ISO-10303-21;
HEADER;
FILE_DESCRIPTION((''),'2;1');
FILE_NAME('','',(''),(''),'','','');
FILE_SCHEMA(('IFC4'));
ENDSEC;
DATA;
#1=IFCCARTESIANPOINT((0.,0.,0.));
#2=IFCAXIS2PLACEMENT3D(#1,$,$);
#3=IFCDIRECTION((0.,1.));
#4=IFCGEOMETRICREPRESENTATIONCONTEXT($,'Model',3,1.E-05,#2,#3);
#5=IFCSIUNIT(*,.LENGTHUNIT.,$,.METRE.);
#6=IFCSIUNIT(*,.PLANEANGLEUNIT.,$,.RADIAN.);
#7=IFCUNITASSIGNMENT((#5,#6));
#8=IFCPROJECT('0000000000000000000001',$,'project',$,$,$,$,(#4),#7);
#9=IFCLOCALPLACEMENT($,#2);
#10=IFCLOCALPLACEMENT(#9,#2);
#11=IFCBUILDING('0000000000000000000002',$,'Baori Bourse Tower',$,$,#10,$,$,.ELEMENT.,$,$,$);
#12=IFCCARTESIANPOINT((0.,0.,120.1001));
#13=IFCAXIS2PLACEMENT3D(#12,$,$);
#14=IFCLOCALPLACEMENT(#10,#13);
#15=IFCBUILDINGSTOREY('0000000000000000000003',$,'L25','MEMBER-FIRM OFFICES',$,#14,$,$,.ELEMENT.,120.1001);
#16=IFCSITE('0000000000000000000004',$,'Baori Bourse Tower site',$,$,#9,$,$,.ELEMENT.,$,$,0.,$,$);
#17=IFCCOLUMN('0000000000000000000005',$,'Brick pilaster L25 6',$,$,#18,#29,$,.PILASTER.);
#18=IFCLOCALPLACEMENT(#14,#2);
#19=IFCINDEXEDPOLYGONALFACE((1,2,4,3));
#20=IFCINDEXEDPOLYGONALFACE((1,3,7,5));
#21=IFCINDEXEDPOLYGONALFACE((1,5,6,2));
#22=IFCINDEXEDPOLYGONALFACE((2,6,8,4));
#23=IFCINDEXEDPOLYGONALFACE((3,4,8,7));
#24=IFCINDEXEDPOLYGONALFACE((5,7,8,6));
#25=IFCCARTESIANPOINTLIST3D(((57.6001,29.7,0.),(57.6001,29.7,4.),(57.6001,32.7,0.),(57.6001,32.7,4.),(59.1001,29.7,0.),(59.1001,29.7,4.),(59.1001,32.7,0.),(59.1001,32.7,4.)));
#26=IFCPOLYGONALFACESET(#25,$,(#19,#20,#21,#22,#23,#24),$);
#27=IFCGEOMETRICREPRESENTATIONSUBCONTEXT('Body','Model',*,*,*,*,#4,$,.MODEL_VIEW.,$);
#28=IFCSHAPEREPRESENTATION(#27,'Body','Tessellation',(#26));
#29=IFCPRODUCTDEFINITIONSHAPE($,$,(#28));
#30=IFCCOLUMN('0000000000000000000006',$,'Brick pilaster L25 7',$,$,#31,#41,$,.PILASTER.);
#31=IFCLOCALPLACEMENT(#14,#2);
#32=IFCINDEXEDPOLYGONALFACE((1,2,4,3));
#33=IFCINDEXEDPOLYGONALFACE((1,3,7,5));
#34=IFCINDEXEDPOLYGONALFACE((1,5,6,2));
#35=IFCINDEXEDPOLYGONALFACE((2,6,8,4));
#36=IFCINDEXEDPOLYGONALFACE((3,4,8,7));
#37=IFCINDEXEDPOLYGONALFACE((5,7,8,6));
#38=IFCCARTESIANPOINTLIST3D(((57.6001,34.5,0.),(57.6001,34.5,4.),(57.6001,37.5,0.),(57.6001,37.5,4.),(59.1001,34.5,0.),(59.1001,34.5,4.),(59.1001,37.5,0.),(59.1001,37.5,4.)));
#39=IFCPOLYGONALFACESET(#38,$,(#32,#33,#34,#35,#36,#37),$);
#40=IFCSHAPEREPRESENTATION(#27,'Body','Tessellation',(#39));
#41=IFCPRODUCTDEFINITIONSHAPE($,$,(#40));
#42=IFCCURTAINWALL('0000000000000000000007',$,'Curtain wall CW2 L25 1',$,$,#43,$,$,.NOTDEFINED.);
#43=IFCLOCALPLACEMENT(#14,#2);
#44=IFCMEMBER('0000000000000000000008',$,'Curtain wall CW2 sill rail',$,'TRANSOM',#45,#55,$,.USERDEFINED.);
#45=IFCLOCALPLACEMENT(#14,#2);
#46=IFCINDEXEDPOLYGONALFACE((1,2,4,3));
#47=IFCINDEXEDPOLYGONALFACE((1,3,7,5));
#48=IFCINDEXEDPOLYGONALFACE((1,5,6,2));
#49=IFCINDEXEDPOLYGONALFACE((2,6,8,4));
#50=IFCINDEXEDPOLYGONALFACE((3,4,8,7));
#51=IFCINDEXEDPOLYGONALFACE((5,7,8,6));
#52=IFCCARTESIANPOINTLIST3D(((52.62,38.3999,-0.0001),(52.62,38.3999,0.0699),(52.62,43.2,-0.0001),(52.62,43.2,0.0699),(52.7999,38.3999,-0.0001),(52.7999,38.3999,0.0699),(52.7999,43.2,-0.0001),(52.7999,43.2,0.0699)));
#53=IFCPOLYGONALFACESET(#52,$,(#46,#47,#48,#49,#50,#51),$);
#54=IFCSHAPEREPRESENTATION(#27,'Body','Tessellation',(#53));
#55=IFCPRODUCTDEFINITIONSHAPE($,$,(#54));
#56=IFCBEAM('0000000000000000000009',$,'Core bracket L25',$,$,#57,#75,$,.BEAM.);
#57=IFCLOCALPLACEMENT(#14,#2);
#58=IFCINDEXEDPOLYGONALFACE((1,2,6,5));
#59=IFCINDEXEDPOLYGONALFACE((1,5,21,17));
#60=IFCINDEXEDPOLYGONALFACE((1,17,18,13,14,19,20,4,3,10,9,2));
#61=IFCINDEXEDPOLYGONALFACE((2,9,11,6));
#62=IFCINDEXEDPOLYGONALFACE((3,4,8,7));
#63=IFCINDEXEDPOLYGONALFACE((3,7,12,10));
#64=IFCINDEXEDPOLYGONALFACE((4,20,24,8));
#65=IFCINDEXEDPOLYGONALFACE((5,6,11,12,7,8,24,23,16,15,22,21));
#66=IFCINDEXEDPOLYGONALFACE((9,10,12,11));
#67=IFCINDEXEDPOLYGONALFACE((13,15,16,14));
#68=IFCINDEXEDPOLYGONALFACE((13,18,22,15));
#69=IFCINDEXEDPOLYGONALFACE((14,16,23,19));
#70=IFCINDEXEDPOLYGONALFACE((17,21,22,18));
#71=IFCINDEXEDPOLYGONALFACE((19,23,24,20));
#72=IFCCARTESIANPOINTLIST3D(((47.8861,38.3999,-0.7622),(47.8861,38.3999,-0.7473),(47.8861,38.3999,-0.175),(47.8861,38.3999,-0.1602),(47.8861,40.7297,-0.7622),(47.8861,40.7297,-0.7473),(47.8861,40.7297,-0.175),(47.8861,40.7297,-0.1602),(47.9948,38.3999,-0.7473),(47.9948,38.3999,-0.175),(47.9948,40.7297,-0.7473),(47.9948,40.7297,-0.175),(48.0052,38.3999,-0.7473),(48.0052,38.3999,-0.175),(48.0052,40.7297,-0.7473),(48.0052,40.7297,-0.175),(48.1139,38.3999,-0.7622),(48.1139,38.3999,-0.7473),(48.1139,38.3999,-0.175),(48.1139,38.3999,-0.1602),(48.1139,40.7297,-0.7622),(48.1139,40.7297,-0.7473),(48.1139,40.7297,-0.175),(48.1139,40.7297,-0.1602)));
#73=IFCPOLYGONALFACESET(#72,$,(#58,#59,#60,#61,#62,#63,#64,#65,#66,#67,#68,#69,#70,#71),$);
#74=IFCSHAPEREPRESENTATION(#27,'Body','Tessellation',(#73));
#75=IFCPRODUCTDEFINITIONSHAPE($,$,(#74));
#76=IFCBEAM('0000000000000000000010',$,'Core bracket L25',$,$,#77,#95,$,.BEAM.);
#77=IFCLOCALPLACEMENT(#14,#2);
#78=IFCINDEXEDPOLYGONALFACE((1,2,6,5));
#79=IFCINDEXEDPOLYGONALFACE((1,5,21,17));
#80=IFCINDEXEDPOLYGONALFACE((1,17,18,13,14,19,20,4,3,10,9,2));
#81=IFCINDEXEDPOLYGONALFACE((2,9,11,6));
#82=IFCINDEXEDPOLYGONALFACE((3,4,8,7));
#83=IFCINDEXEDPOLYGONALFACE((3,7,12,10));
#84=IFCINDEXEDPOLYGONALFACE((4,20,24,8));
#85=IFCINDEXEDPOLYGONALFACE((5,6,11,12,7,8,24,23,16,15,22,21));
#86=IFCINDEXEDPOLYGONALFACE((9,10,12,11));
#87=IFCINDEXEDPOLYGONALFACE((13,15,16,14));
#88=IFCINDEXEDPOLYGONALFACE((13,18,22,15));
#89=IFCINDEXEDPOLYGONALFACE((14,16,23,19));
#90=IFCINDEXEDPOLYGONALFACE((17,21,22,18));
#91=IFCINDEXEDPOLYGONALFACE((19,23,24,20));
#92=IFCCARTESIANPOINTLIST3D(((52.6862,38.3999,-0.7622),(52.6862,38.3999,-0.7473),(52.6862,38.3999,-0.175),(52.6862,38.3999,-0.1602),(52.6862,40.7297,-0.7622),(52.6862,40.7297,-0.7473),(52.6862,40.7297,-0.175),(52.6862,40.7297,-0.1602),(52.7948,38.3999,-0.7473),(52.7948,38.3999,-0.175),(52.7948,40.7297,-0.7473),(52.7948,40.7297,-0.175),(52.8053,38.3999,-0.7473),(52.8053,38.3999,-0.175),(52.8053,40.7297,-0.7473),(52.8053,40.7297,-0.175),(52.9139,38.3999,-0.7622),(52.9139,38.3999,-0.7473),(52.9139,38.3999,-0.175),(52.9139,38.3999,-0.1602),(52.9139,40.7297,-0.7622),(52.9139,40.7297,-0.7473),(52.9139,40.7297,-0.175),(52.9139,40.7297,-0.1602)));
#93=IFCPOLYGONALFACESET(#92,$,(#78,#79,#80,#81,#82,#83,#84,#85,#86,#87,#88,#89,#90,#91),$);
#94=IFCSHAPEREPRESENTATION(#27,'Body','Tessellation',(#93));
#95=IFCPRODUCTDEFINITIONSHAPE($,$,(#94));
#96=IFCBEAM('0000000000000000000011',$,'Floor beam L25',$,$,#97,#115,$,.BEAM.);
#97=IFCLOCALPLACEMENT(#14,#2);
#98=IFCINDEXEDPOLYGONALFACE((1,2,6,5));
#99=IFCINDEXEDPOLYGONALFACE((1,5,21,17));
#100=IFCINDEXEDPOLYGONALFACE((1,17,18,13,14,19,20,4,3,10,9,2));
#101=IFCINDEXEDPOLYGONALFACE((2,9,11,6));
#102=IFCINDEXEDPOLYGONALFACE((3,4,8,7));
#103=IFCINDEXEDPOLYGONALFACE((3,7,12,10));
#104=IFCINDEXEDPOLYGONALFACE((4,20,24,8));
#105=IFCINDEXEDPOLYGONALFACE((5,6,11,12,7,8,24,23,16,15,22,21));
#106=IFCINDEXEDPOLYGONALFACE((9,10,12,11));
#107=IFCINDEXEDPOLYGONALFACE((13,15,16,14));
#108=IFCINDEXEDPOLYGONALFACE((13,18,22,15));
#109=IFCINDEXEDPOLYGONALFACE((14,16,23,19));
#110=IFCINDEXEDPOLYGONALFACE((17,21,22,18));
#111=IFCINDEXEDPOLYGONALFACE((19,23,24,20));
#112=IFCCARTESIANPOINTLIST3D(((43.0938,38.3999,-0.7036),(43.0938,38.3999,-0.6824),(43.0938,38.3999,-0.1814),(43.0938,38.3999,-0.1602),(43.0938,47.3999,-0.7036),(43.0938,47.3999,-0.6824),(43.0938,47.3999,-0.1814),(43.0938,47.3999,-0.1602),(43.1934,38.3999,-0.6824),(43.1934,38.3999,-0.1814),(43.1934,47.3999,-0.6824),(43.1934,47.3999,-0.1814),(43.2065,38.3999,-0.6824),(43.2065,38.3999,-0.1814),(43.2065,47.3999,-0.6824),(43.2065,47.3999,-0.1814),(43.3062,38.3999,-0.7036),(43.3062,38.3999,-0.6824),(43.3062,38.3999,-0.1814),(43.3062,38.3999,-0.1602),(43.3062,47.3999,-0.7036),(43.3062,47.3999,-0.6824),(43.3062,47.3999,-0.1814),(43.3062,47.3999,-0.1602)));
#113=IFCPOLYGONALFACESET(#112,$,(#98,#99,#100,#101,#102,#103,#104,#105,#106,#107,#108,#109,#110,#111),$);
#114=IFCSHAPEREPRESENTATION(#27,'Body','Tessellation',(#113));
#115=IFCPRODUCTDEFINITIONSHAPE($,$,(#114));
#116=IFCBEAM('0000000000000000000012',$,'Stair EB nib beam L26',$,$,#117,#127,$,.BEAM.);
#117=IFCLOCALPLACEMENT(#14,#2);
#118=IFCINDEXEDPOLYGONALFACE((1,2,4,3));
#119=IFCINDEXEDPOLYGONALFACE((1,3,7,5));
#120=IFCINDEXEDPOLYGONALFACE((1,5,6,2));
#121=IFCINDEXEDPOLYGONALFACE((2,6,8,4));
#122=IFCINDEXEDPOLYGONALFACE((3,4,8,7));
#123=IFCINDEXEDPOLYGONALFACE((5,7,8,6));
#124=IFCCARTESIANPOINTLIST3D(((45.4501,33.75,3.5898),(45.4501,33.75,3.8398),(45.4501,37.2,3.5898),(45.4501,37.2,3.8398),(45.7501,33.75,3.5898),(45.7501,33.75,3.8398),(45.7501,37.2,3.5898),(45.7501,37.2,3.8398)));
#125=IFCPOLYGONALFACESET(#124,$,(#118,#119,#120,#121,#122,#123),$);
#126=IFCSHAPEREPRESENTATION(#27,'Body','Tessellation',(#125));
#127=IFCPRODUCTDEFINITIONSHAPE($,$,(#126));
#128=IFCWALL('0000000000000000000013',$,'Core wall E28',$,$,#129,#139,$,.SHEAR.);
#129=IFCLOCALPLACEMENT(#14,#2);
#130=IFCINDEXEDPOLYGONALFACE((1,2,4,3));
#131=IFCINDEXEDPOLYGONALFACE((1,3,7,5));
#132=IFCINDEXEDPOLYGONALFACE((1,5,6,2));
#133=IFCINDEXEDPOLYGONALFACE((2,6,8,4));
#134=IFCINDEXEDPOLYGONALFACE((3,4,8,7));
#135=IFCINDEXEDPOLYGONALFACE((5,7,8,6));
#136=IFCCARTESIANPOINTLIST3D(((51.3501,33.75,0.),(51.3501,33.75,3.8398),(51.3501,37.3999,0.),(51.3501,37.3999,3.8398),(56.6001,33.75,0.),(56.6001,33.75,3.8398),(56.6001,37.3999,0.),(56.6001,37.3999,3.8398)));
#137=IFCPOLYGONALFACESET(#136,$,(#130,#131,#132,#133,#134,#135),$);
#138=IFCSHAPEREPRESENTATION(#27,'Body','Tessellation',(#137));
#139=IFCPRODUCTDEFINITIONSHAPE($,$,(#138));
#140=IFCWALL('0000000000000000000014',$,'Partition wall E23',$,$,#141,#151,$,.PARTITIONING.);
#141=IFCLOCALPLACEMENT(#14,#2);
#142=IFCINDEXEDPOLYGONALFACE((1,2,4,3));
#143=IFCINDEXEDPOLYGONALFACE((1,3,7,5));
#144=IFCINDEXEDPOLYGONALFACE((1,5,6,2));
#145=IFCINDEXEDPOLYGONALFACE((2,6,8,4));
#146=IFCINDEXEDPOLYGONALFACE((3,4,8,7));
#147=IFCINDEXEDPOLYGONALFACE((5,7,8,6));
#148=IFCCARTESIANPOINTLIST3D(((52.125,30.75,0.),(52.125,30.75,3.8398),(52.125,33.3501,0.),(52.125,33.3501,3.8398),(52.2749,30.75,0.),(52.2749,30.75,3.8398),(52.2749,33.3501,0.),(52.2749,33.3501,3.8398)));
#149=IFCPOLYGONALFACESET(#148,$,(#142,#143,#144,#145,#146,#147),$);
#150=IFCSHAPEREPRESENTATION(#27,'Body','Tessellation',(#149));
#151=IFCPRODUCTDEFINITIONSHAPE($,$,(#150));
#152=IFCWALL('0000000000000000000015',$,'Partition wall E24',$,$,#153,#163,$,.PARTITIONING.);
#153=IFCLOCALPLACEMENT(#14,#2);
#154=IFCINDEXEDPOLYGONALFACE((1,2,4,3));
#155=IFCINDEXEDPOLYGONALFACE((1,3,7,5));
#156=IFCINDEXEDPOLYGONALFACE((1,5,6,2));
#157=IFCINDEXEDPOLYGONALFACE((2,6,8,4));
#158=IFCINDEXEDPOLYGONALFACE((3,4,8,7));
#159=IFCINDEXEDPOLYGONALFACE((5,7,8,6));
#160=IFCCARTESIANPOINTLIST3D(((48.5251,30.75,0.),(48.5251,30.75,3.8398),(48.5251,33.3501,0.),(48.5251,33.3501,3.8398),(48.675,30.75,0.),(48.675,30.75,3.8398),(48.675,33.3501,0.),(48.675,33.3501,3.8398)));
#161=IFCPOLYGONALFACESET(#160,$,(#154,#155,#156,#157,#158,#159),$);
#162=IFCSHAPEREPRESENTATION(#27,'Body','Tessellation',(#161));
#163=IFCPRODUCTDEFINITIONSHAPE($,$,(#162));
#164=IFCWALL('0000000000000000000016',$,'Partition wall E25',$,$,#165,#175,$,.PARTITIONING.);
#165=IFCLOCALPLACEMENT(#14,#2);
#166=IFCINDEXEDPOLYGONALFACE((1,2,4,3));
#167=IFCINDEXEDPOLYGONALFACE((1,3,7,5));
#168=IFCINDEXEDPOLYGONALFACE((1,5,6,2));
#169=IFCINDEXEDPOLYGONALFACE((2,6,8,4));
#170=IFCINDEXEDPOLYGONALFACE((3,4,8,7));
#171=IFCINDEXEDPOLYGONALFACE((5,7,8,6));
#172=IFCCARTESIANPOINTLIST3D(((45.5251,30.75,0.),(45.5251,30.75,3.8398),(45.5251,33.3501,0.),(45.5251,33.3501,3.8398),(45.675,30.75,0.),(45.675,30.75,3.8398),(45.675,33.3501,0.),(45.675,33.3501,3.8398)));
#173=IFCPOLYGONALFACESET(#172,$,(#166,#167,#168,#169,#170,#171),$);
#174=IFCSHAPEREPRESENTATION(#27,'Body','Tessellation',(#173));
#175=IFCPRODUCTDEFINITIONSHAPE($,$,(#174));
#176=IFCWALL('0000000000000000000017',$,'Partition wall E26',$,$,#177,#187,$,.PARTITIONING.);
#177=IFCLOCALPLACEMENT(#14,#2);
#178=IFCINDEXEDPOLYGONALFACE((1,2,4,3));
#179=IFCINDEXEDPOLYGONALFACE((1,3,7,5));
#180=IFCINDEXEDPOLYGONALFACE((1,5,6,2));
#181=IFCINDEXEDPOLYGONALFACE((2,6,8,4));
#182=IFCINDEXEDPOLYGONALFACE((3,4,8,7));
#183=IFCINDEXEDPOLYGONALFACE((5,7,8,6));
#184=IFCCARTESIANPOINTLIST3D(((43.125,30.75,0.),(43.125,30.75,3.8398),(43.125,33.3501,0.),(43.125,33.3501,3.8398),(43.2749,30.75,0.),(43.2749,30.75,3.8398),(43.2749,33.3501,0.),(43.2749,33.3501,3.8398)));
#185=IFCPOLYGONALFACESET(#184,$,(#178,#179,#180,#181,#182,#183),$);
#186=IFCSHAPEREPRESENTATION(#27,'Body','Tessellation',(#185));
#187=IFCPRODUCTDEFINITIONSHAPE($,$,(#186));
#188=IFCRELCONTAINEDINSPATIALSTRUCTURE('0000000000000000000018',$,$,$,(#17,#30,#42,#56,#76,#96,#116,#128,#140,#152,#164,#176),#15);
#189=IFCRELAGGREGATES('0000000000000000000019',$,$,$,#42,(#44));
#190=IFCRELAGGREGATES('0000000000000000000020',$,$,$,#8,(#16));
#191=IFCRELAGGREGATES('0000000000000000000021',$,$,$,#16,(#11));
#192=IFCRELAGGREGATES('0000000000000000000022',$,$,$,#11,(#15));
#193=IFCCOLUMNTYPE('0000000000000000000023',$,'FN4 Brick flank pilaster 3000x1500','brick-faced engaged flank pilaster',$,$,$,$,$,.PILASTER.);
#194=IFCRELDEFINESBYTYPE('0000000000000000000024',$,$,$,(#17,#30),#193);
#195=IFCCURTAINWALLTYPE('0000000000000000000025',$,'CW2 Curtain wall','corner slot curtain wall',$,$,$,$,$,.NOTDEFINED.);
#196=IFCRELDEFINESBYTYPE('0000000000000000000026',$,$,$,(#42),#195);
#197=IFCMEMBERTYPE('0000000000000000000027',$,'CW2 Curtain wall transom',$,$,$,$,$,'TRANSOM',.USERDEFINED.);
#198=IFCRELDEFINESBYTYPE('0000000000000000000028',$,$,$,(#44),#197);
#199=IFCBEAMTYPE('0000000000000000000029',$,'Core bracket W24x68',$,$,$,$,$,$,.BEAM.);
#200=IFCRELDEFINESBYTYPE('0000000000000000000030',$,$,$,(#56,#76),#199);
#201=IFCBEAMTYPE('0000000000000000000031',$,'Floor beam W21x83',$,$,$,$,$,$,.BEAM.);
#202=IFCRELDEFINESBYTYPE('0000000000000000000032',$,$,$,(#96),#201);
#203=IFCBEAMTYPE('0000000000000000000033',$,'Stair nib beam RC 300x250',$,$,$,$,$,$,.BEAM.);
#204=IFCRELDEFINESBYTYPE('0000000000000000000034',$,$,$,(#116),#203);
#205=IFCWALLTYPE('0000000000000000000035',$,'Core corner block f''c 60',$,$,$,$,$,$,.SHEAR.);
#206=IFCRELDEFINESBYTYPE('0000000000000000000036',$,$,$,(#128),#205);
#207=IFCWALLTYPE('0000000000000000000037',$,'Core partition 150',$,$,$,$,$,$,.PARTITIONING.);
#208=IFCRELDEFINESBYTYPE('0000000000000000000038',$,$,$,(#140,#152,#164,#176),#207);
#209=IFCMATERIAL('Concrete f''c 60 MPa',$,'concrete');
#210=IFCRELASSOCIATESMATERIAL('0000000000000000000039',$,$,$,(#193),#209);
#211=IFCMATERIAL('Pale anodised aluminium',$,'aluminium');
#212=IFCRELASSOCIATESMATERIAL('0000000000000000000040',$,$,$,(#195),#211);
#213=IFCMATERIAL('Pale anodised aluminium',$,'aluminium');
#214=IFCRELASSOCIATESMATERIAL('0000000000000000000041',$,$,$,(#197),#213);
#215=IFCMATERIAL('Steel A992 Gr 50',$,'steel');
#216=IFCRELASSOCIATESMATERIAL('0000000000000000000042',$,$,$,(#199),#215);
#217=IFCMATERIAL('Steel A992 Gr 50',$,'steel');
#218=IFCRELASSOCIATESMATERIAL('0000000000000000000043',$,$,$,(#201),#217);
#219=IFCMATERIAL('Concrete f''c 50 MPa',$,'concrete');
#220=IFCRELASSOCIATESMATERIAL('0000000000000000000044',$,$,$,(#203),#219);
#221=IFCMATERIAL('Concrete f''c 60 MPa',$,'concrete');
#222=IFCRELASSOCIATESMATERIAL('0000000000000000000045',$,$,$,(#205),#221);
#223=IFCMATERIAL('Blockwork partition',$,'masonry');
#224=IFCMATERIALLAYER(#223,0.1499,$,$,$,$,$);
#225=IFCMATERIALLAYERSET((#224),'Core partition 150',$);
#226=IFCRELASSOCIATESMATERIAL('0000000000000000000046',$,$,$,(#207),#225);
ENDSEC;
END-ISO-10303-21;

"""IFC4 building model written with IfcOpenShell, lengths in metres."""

from ifc_helpers import new_model, si_unit, direction, frame, frame_2d, origin, origin_2d, place, context, subcontext, project, spatial, rectangle, i_section, extrude, material, layer, layer_set, material_profile, profile_set, type_object, element, aggregate, save


model = new_model("IFC4")

# Units and contexts
model_context = context("Model", 3, precision=1e-05, world=origin(), true_north=direction((0.0, 1.0)))
body_context = subcontext(model_context, "Body", "Model", "MODEL_VIEW")
ifc_project = project(units=[si_unit("LENGTHUNIT", "METRE"), si_unit("PLANEANGLEUNIT", "RADIAN")], contexts=[model_context])

# Site, building, storey
site_placement = place(None, origin())
site = spatial("IfcSite", under=ifc_project, at=site_placement, Name="Baori Bourse Tower site", CompositionType="ELEMENT", RefElevation=0.0)
building_placement = place(site_placement, origin())
building = spatial("IfcBuilding", under=site, at=building_placement, Name="Baori Bourse Tower", CompositionType="ELEMENT")
storey_placement = place(building_placement, frame((0.0, 0.0, 120.1001)))
storey = spatial("IfcBuildingStorey", under=building, at=storey_placement, Name="L25", Description="MEMBER-FIRM OFFICES", CompositionType="ELEMENT", Elevation=120.1001)

# Columns
ifc_material_1 = material(Name="Concrete f'c 60 MPa", Category="concrete")
ifc_material_profile_1 = material_profile(ifc_material_1, rectangle(XDim=3.0, YDim=1.5, at=origin_2d()), Name="RC 3000x1500")
ifc_profile_set_1 = profile_set([ifc_material_profile_1], Name="Concrete f'c 60 MPa")
column_type = type_object("IfcColumnType", Name="FN4 Brick flank pilaster 3000x1500", Description="brick-faced engaged flank pilaster", PredefinedType="PILASTER", material=ifc_profile_set_1)
for number, where, z_axis, x_axis, name in (
    (1, (58.3501, 31.2, 0.0), (0.0, 0.0, 1.0), (0.0, 1.0, 0.0), "Brick pilaster L25 6"),
    (2, (58.3501, 36.0, 0.0), (0.0, 0.0, 1.0), (0.0, 1.0, 0.0), "Brick pilaster L25 7"),
):
    element("IfcColumn", number, at=place(storey_placement, frame(where, z_axis=z_axis, x_axis=x_axis)), inside=storey, type_object=column_type, Name=name, PredefinedType="PILASTER", context=body_context, shape_type="SweptSolid", body=[
        extrude(rectangle(XDim=3.0, YDim=1.5, at=origin_2d()), origin(), (0.0, 0.0, 1.0), 4.0),
    ])

# Curtain wall, member
ifc_material_2 = material(Name="Pale anodised aluminium", Category="aluminium")
curtain_wall_type = type_object("IfcCurtainWallType", Name="CW2 Curtain wall", Description="corner slot curtain wall", PredefinedType="NOTDEFINED", material=ifc_material_2)
curtain_wall_placement = place(storey_placement, origin())
curtain_wall = element("IfcCurtainWall", 3, at=curtain_wall_placement, inside=storey, type_object=curtain_wall_type, Name="Curtain wall CW2 L25 1", PredefinedType="NOTDEFINED")
ifc_material_3 = material(Name="Pale anodised aluminium", Category="aluminium")
ifc_material_profile_2 = material_profile(ifc_material_3, rectangle(XDim=0.1799, YDim=0.0701, at=origin_2d()), Name="Transom 70x180")
ifc_profile_set_2 = profile_set([ifc_material_profile_2], Name="Pale anodised aluminium")
member_type = type_object("IfcMemberType", Name="CW2 Curtain wall transom", ElementType="TRANSOM", PredefinedType="USERDEFINED", material=ifc_profile_set_2)
member_placement = place(storey_placement, frame((52.71, 38.3999, 0.0349), z_axis=(0.0, 1.0, 0.0), x_axis=(-1.0, 0.0, 0.0)))
member = element("IfcMember", 4, at=member_placement, type_object=member_type, Name="Curtain wall CW2 sill rail", ObjectType="TRANSOM", PredefinedType="USERDEFINED", context=body_context, shape_type="SweptSolid", body=[
    extrude(rectangle(XDim=0.1799, YDim=0.0701, at=origin_2d()), origin(), (0.0, 0.0, 1.0), 4.8),
])
aggregate(curtain_wall, [member])

# Beams
ifc_material_4 = material(Name="Steel A992 Gr 50", Category="steel")
ifc_material_profile_3 = material_profile(ifc_material_4, i_section(OverallWidth=0.2278, OverallDepth=0.6021, WebThickness=0.0105, FlangeThickness=0.0149, at=origin_2d()), Name="W24x68")
ifc_profile_set_3 = profile_set([ifc_material_profile_3], Name="Steel A992 Gr 50")
beam_type_1 = type_object("IfcBeamType", Name="Core bracket W24x68", PredefinedType="BEAM", material=ifc_profile_set_3)
for number, where, z_axis, x_axis, name in (
    (5, (48.0, 38.3999, -0.4612), (0.0, 1.0, 0.0), (-1.0, 0.0, 0.0), "Core bracket L25"),
    (6, (52.8, 38.3999, -0.4612), (0.0, 1.0, 0.0), (-1.0, 0.0, 0.0), "Core bracket L25"),
):
    element("IfcBeam", number, at=place(storey_placement, frame(where, z_axis=z_axis, x_axis=x_axis)), inside=storey, type_object=beam_type_1, Name=name, PredefinedType="BEAM", context=body_context, shape_type="SweptSolid", body=[
        extrude(i_section(OverallWidth=0.2278, OverallDepth=0.6021, WebThickness=0.0105, FlangeThickness=0.0149, at=origin_2d()), origin(), (0.0, 0.0, 1.0), 2.3298),
    ])
ifc_material_5 = material(Name="Steel A992 Gr 50", Category="steel")
ifc_material_profile_4 = material_profile(ifc_material_5, i_section(OverallWidth=0.2124, OverallDepth=0.5435, WebThickness=0.0132, FlangeThickness=0.0212, at=origin_2d()), Name="W21x83")
ifc_profile_set_4 = profile_set([ifc_material_profile_4], Name="Steel A992 Gr 50")
beam_type_2 = type_object("IfcBeamType", Name="Floor beam W21x83", PredefinedType="BEAM", material=ifc_profile_set_4)
beam_1_placement = place(storey_placement, frame((43.2, 38.3999, -0.4319), z_axis=(0.0, 1.0, 0.0), x_axis=(-1.0, 0.0, 0.0)))
element("IfcBeam", 7, at=beam_1_placement, inside=storey, type_object=beam_type_2, Name="Floor beam L25", PredefinedType="BEAM", context=body_context, shape_type="SweptSolid", body=[
    extrude(i_section(OverallWidth=0.2124, OverallDepth=0.5435, WebThickness=0.0132, FlangeThickness=0.0212, at=origin_2d()), origin(), (0.0, 0.0, 1.0), 9.0),
])
ifc_material_6 = material(Name="Concrete f'c 50 MPa", Category="concrete")
ifc_material_profile_5 = material_profile(ifc_material_6, rectangle(XDim=0.3, YDim=0.25, at=origin_2d()), Name="RC 300x250")
ifc_profile_set_5 = profile_set([ifc_material_profile_5], Name="Concrete f'c 50 MPa")
beam_type_3 = type_object("IfcBeamType", Name="Stair nib beam RC 300x250", PredefinedType="BEAM", material=ifc_profile_set_5)
beam_2_placement = place(storey_placement, frame((45.6001, 33.75, 3.7148), z_axis=(0.0, 1.0, 0.0), x_axis=(-1.0, 0.0, 0.0)))
element("IfcBeam", 8, at=beam_2_placement, inside=storey, type_object=beam_type_3, Name="Stair EB nib beam L26", PredefinedType="BEAM", context=body_context, shape_type="SweptSolid", body=[
    extrude(rectangle(XDim=0.3, YDim=0.25, at=origin_2d()), origin(), (0.0, 0.0, 1.0), 3.45),
])

# Walls
ifc_material_7 = material(Name="Concrete f'c 60 MPa", Category="concrete")
wall_type_1 = type_object("IfcWallType", Name="Core corner block f'c 60", PredefinedType="SHEAR", material=ifc_material_7)
wall_1_placement = place(storey_placement, frame((51.3501, 35.575, 0.0), z_axis=(0.0, 0.0, 1.0), x_axis=(1.0, 0.0, 0.0)))
element("IfcWall", 9, at=wall_1_placement, inside=storey, type_object=wall_type_1, Name="Core wall E28", PredefinedType="SHEAR", context=body_context, shape_type="SweptSolid", body=[
    extrude(rectangle(XDim=5.25, YDim=3.6499, at=frame_2d((2.625, 0.0))), origin(), (0.0, 0.0, 1.0), 3.8398),
])
ifc_material_8 = material(Name="Blockwork partition", Category="masonry")
ifc_layer_1 = layer(ifc_material_8, 0.1499)
ifc_layer_set_1 = layer_set([ifc_layer_1], Name="Core partition 150")
wall_type_2 = type_object("IfcWallType", Name="Core partition 150", PredefinedType="PARTITIONING", material=ifc_layer_set_1)
for number, where, z_axis, x_axis, name in (
    (10, (52.2, 30.75, 0.0), (0.0, 0.0, 1.0), (0.0, 1.0, 0.0), "Partition wall E23"),
    (11, (48.6001, 30.75, 0.0), (0.0, 0.0, 1.0), (0.0, 1.0, 0.0), "Partition wall E24"),
    (12, (45.6001, 30.75, 0.0), (0.0, 0.0, 1.0), (0.0, 1.0, 0.0), "Partition wall E25"),
    (13, (43.2, 30.75, 0.0), (0.0, 0.0, 1.0), (0.0, 1.0, 0.0), "Partition wall E26"),
):
    element("IfcWall", number, at=place(storey_placement, frame(where, z_axis=z_axis, x_axis=x_axis)), inside=storey, type_object=wall_type_2, Name=name, PredefinedType="PARTITIONING", context=body_context, shape_type="SweptSolid", body=[
        extrude(rectangle(XDim=2.6001, YDim=0.1499, at=frame_2d((1.3, 0.0))), origin(), (0.0, 0.0, 1.0), 3.8398),
    ])

save(model, "model.ifc")
